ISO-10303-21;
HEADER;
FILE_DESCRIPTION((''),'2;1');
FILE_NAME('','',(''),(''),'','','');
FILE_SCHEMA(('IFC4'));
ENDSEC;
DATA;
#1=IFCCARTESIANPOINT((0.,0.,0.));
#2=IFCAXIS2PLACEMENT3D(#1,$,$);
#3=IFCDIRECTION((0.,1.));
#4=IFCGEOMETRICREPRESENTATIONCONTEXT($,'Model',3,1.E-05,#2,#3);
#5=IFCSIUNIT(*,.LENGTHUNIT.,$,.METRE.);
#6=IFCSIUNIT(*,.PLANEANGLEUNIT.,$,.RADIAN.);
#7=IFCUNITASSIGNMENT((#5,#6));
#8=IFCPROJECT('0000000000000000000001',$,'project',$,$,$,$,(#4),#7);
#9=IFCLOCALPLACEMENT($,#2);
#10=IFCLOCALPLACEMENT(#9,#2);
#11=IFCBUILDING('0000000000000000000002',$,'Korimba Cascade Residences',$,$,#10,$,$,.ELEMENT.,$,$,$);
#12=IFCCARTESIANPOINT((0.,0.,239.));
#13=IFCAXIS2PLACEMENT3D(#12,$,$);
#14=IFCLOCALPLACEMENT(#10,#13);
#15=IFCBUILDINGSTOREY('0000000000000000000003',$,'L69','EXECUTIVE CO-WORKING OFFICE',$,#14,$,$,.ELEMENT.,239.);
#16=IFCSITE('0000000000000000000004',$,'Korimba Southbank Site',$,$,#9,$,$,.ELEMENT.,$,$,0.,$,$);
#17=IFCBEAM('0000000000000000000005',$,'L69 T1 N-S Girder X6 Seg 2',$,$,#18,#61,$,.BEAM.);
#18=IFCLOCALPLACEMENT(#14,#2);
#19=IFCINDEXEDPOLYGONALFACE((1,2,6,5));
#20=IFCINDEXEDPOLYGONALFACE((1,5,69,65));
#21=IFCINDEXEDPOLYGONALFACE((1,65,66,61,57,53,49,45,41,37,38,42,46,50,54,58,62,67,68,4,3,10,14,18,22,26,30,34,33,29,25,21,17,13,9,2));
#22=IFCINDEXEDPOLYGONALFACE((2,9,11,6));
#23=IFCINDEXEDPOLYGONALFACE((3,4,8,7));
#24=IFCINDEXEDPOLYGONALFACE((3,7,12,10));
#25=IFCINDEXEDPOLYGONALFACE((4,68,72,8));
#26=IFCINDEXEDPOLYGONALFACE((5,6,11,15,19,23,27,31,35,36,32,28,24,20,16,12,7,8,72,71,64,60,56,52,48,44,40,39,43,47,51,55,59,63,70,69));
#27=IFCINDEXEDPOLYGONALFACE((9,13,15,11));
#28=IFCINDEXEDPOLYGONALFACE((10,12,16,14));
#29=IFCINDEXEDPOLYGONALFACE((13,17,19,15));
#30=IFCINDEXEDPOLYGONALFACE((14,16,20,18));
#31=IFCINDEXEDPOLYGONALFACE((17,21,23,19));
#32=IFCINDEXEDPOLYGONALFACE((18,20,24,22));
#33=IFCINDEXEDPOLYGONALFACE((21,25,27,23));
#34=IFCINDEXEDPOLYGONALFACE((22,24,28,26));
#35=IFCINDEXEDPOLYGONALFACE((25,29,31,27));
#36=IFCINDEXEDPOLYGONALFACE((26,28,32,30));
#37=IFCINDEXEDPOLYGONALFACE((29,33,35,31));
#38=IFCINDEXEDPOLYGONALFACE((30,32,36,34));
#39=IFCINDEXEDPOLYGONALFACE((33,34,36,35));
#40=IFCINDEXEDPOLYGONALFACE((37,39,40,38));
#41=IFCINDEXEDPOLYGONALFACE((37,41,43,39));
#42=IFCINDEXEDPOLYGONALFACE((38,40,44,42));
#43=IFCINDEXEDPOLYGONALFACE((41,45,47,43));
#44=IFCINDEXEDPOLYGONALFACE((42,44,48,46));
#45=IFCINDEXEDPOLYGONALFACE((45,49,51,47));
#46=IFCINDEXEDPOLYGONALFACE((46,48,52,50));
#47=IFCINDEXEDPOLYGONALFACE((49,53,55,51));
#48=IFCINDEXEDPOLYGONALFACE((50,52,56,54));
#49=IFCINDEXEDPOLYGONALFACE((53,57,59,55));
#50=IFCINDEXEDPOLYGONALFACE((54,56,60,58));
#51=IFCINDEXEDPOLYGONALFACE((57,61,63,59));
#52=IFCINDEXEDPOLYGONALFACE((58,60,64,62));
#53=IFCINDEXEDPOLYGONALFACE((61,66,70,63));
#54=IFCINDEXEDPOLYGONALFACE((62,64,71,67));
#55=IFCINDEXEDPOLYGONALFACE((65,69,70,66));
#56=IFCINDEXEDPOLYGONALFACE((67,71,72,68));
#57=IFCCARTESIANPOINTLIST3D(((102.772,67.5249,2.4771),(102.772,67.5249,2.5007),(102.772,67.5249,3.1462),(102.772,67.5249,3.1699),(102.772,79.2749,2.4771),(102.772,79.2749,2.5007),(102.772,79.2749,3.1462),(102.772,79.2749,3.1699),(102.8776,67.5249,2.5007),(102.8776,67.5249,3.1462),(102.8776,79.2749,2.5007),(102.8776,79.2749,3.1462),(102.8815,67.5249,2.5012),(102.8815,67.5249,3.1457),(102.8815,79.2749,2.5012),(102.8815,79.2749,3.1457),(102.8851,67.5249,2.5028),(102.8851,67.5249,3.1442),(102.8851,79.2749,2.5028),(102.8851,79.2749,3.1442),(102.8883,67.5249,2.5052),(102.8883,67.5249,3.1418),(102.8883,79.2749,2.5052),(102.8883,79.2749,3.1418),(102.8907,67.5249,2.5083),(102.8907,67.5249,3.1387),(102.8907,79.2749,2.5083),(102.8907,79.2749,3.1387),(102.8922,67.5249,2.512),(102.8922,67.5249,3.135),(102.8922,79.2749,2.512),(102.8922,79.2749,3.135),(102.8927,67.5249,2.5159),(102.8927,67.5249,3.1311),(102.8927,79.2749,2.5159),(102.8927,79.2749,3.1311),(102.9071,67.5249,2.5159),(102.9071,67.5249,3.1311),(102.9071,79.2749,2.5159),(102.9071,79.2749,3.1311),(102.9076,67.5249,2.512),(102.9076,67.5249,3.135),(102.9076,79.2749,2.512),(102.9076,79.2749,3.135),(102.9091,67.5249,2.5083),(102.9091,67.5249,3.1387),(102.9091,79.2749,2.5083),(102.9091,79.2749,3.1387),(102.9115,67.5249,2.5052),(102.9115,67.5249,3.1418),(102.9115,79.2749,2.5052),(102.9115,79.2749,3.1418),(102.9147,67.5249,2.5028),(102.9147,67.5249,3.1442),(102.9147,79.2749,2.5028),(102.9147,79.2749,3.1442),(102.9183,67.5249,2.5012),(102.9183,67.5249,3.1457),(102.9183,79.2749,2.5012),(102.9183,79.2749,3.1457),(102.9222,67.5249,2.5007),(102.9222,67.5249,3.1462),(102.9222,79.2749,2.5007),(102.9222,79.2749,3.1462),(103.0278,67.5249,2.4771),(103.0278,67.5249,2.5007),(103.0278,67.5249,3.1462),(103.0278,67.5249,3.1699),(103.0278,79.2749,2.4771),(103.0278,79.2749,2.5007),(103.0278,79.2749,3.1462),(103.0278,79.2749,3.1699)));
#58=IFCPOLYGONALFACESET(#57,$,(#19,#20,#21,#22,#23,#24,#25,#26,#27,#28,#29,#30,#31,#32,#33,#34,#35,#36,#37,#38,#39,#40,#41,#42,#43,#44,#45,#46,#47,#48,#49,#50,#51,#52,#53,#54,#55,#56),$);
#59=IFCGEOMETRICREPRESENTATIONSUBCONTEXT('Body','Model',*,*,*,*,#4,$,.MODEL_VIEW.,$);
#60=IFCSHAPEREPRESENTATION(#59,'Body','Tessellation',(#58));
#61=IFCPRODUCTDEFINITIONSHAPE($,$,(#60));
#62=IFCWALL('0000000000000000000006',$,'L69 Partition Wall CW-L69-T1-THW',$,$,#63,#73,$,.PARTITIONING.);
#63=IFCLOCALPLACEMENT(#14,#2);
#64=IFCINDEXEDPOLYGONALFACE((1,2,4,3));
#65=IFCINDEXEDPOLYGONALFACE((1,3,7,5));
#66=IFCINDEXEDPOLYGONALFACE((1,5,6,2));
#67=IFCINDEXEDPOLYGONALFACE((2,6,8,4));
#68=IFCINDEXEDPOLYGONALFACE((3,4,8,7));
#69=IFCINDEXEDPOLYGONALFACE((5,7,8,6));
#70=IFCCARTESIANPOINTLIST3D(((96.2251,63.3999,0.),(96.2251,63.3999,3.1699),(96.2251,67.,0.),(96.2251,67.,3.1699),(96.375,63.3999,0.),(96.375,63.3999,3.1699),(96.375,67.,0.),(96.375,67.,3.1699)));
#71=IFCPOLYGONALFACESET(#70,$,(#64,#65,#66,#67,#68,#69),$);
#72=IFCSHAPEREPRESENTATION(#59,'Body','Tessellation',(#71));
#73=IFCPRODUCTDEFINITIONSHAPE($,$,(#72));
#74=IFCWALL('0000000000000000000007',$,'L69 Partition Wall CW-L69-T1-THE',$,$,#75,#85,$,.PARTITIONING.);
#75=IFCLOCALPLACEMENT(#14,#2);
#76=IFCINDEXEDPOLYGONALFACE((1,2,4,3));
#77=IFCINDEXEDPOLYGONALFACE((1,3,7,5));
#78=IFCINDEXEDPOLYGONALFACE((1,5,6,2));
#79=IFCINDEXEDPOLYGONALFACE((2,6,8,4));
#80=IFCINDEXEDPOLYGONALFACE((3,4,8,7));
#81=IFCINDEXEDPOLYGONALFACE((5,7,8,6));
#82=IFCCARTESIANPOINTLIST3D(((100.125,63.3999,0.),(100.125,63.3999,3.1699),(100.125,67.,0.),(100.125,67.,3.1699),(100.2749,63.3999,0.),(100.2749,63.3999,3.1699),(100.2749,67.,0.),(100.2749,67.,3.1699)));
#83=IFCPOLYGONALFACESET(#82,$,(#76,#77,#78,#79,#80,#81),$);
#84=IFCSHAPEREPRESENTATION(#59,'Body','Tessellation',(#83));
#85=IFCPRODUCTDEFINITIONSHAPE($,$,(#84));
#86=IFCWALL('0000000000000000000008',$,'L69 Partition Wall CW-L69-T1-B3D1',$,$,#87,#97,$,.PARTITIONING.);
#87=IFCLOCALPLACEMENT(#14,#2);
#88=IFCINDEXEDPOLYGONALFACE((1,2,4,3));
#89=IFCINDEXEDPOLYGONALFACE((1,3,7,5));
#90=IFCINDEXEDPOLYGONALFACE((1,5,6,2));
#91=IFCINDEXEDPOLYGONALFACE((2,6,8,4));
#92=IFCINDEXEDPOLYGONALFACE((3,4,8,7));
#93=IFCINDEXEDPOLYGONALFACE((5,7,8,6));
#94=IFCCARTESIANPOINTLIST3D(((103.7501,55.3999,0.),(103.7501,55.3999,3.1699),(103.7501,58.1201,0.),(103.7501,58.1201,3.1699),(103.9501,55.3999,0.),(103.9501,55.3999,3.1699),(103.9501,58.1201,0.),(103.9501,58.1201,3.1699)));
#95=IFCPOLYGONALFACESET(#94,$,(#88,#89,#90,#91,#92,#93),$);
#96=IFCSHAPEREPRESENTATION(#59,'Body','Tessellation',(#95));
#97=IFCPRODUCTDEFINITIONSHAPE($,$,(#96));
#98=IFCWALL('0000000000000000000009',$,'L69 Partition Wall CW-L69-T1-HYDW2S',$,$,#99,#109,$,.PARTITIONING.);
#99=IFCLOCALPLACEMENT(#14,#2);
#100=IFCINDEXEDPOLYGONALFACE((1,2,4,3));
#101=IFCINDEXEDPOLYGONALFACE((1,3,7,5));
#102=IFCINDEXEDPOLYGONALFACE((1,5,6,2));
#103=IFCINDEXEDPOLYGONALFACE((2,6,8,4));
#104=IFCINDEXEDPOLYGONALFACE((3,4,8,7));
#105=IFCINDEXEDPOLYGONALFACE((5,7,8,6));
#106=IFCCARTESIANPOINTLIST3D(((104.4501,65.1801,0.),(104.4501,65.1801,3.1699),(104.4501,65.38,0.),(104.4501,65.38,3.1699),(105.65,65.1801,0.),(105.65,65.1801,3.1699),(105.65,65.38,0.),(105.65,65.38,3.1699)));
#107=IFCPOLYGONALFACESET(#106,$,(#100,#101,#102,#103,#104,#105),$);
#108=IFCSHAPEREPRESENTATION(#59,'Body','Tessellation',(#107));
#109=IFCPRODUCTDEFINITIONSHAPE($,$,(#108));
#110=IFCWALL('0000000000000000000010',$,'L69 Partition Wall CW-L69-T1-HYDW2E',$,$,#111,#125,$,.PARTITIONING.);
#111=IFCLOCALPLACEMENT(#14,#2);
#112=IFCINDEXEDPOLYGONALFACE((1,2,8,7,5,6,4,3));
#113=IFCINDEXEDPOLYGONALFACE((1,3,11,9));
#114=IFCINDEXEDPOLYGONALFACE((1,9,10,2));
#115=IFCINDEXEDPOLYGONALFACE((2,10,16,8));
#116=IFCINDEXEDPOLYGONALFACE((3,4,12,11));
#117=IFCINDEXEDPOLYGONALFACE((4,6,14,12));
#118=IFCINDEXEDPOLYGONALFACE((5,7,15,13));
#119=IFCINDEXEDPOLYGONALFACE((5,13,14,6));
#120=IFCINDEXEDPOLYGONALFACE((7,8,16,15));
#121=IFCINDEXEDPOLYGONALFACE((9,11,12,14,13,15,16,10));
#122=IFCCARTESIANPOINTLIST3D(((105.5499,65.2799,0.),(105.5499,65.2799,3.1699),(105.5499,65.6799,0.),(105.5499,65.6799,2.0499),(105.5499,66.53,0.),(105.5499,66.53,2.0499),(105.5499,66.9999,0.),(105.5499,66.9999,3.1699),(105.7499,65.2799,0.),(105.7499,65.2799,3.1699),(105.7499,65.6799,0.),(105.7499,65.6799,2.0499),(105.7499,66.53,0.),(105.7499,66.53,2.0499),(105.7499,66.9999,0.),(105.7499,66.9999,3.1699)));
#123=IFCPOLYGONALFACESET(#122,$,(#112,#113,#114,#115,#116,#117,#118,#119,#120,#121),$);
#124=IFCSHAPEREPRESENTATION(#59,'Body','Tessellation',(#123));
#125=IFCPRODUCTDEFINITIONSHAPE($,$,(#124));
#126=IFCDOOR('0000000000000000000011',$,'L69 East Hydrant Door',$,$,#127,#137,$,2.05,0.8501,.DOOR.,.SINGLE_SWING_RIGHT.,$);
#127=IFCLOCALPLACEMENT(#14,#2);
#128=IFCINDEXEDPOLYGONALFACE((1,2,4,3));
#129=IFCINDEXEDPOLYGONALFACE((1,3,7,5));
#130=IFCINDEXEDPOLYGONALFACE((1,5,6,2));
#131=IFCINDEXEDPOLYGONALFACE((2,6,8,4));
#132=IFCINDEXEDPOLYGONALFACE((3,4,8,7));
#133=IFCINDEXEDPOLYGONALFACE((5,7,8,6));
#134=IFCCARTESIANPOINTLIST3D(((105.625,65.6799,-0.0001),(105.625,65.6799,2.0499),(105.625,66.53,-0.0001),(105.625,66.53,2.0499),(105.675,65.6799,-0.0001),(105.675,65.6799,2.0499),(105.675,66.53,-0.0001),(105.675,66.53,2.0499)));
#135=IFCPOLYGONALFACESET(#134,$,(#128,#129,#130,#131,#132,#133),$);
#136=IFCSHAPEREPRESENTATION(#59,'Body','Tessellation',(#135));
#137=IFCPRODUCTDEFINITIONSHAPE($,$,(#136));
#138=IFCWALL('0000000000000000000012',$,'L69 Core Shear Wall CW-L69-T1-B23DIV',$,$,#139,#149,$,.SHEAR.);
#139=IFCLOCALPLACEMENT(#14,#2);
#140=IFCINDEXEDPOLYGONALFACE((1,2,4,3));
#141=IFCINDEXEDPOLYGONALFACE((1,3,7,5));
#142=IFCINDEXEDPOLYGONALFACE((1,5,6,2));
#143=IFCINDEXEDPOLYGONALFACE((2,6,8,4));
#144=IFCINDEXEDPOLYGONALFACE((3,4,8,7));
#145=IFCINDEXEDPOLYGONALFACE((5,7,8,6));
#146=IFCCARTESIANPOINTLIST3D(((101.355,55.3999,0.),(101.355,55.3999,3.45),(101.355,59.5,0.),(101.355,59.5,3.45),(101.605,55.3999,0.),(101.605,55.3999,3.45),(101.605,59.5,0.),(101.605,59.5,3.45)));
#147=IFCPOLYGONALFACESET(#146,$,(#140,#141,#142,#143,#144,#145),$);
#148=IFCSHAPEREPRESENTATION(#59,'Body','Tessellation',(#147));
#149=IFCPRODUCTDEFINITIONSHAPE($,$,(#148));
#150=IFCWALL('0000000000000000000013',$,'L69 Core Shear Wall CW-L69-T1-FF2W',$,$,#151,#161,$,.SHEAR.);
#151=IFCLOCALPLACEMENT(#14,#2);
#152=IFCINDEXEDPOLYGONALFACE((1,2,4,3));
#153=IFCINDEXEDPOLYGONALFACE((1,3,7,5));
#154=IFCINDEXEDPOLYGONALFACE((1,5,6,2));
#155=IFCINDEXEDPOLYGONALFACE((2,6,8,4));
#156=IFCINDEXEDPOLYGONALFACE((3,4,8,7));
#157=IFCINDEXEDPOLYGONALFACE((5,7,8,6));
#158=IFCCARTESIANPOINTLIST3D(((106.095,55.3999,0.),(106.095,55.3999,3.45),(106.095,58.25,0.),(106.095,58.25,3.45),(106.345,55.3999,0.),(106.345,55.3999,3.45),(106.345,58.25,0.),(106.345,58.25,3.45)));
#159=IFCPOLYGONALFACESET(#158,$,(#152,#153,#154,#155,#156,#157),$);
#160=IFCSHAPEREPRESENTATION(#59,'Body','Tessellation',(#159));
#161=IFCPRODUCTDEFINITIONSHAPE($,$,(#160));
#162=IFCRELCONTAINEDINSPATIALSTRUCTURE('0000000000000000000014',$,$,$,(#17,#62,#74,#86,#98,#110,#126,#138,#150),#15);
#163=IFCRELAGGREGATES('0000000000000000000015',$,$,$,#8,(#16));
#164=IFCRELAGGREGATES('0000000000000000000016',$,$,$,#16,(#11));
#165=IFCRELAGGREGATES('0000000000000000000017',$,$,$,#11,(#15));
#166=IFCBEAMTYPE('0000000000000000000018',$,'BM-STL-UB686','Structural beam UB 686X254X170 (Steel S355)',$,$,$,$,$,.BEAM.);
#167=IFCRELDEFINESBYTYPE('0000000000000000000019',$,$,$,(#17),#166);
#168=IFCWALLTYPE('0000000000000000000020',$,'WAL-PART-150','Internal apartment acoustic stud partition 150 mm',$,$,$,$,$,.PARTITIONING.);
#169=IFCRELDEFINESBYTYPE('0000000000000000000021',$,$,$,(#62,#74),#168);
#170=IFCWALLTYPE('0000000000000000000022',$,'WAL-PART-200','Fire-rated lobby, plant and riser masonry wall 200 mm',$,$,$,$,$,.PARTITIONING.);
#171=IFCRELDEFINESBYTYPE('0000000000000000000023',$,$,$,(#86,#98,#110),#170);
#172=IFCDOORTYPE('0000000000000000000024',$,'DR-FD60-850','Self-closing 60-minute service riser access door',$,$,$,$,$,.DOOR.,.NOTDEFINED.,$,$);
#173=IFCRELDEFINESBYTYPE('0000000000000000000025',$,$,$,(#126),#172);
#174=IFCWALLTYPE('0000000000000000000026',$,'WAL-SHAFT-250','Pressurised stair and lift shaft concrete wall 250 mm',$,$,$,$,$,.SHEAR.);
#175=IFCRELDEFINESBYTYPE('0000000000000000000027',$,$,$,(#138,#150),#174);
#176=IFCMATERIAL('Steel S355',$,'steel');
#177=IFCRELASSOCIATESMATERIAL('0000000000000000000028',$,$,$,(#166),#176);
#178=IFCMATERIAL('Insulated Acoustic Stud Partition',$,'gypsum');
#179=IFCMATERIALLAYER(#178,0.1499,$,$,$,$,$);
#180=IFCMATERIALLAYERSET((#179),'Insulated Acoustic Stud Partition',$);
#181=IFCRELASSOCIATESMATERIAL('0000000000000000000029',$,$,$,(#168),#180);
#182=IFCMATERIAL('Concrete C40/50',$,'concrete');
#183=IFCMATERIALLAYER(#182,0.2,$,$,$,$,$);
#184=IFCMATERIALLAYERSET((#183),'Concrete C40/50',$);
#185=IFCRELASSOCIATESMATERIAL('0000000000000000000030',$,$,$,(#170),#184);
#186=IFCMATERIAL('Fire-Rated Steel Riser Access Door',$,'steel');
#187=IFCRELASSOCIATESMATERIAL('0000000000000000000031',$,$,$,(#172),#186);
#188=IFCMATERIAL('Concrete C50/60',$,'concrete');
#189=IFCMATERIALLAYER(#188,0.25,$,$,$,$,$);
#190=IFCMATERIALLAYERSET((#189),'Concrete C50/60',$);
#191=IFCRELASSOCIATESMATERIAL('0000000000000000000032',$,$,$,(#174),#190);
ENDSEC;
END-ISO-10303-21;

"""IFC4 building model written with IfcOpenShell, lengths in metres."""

from ifc_helpers import new_model, si_unit, direction, frame, frame_2d, origin, origin_2d, place, context, subcontext, project, spatial, rectangle, i_section, extrude, material, layer, layer_set, material_profile, profile_set, type_object, element, fill, save


model = new_model("IFC4")

# Units and contexts
model_context = context("Model", 3, precision=1e-05, world=origin(), true_north=direction((0.0, 1.0)))
body_context = subcontext(model_context, "Body", "Model", "MODEL_VIEW")
ifc_project = project(units=[si_unit("LENGTHUNIT", "METRE"), si_unit("PLANEANGLEUNIT", "RADIAN")], contexts=[model_context])

# Site, building, storey
site_placement = place(None, origin())
site = spatial("IfcSite", under=ifc_project, at=site_placement, Name="Korimba Southbank Site", CompositionType="ELEMENT", RefElevation=0.0)
building_placement = place(site_placement, origin())
building = spatial("IfcBuilding", under=site, at=building_placement, Name="Korimba Cascade Residences", CompositionType="ELEMENT")
storey_placement = place(building_placement, frame((0.0, 0.0, 239.0)))
storey = spatial("IfcBuildingStorey", under=building, at=storey_placement, Name="L69", Description="EXECUTIVE CO-WORKING OFFICE", CompositionType="ELEMENT", Elevation=239.0)

# Shared definitions
ifc_material_1 = material(Name="Concrete C50/60", Category="concrete")

# Beam
ifc_material_2 = material(Name="Steel S355", Category="steel")
ifc_material_profile_1 = material_profile(ifc_material_2, i_section(OverallWidth=0.2559, OverallDepth=0.6929, WebThickness=0.0144, FlangeThickness=0.0237, FilletRadius=0.0151, at=origin_2d()), Name="Steel S355")
ifc_profile_set_1 = profile_set([ifc_material_profile_1], Name="Steel S355")
beam_type = type_object("IfcBeamType", Name="BM-STL-UB686", Description="Structural beam UB 686X254X170 (Steel S355)", PredefinedType="BEAM", material=ifc_profile_set_1)
beam_1_placement = place(storey_placement, frame((102.8999, 67.5249, 2.8235), z_axis=(0.0, 1.0, 0.0), x_axis=(-1.0, 0.0, 0.0)))
element("IfcBeam", 1, at=beam_1_placement, inside=storey, type_object=beam_type, Name="L69 T1 N-S Girder X6 Seg 2", PredefinedType="BEAM", context=body_context, shape_type="SweptSolid", body=[
    extrude(i_section(OverallWidth=0.2559, OverallDepth=0.6929, WebThickness=0.0144, FlangeThickness=0.0237, FilletRadius=0.0151, at=origin_2d()), origin(), (0.0, 0.0, 1.0), 11.75),
])

# Walls
ifc_material_3 = material(Name="Insulated Acoustic Stud Partition", Category="gypsum")
ifc_layer_1 = layer(ifc_material_3, 0.1499)
ifc_layer_set_1 = layer_set([ifc_layer_1], Name="Insulated Acoustic Stud Partition")
wall_type_1 = type_object("IfcWallType", Name="WAL-PART-150", Description="Internal apartment acoustic stud partition 150 mm", PredefinedType="PARTITIONING", material=ifc_layer_set_1)
for number, where, z_axis, x_axis, name in (
    (2, (96.3, 63.3999, 0.0), (0.0, 0.0, 1.0), (0.0, 1.0, 0.0), "L69 Partition Wall CW-L69-T1-THW"),
    (3, (100.2, 63.3999, 0.0), (0.0, 0.0, 1.0), (0.0, 1.0, 0.0), "L69 Partition Wall CW-L69-T1-THE"),
):
    element("IfcWall", number, at=place(storey_placement, frame(where, z_axis=z_axis, x_axis=x_axis)), inside=storey, type_object=wall_type_1, Name=name, PredefinedType="PARTITIONING", context=body_context, shape_type="SweptSolid", body=[
        extrude(rectangle(XDim=3.6001, YDim=0.1499, at=frame_2d((1.8, 0.0))), origin(), (0.0, 0.0, 1.0), 3.1699),
    ])
ifc_material_4 = material(Name="Concrete C40/50", Category="concrete")
ifc_layer_2 = layer(ifc_material_4, 0.2)
ifc_layer_set_2 = layer_set([ifc_layer_2], Name="Concrete C40/50")
wall_type_2 = type_object("IfcWallType", Name="WAL-PART-200", Description="Fire-rated lobby, plant and riser masonry wall 200 mm", PredefinedType="PARTITIONING", material=ifc_layer_set_2)
wall_1_placement = place(storey_placement, frame((103.8501, 55.3999, 0.0), z_axis=(0.0, 0.0, 1.0), x_axis=(0.0, 1.0, 0.0)))
element("IfcWall", 4, at=wall_1_placement, inside=storey, type_object=wall_type_2, Name="L69 Partition Wall CW-L69-T1-B3D1", PredefinedType="PARTITIONING", context=body_context, shape_type="SweptSolid", body=[
    extrude(rectangle(XDim=2.7202, YDim=0.2, at=frame_2d((1.3601, 0.0))), origin(), (0.0, 0.0, 1.0), 3.1699),
])
wall_2_placement = place(storey_placement, frame((104.45, 65.28, 0.0), z_axis=(0.0, 0.0, 1.0), x_axis=(1.0, 0.0, 0.0)))
element("IfcWall", 5, at=wall_2_placement, inside=storey, type_object=wall_type_2, Name="L69 Partition Wall CW-L69-T1-HYDW2S", PredefinedType="PARTITIONING", context=body_context, shape_type="SweptSolid", body=[
    extrude(rectangle(XDim=1.2, YDim=0.2, at=frame_2d((0.6001, 0.0))), origin(), (0.0, 0.0, 1.0), 3.1699),
])

# Wall, opening, door
wall_3_placement = place(storey_placement, frame((105.6499, 65.28, 0.0), z_axis=(0.0, 0.0, 1.0), x_axis=(0.0, 1.0, 0.0)))
wall_3 = element("IfcWall", 6, at=wall_3_placement, inside=storey, type_object=wall_type_2, Name="L69 Partition Wall CW-L69-T1-HYDW2E", PredefinedType="PARTITIONING", context=body_context, shape_type="SweptSolid", body=[
    extrude(rectangle(XDim=1.72, YDim=0.2, at=frame_2d((0.8599, 0.0))), origin(), (0.0, 0.0, 1.0), 3.1699),
])
opening_1_placement = place(wall_3_placement, frame((0.3999, 0.0, 0.0)))
opening_1 = element("IfcOpeningElement", 7, at=opening_1_placement, cuts=wall_3, PredefinedType="OPENING", context=body_context, shape_type="SweptSolid", body=[
    extrude(rectangle(XDim=0.8501, YDim=2.05, at=frame_2d((0.425, 1.0249))), frame((0.0, 0.1099, 0.0), z_axis=(0.0, -1.0, 0.0), x_axis=(1.0, 0.0, 0.0)), (0.0, 0.0, 1.0), 0.22),
])
ifc_material_5 = material(Name="Fire-Rated Steel Riser Access Door", Category="steel")
door_type_1 = type_object("IfcDoorType", Name="DR-FD60-850", Description="Self-closing 60-minute service riser access door", OperationType="NOTDEFINED", PredefinedType="DOOR", material=ifc_material_5)
door_1_placement = place(opening_1_placement, origin())
door_1 = element("IfcDoor", 8, at=door_1_placement, inside=storey, type_object=door_type_1, Name="L69 East Hydrant Door", OperationType="SINGLE_SWING_RIGHT", OverallHeight=2.05, OverallWidth=0.8501, PredefinedType="DOOR", context=body_context, shape_type="SweptSolid", body=[
    extrude(rectangle(XDim=0.8501, YDim=2.05, at=frame_2d((0.425, 1.0249))), frame((0.0, 0.0249, 0.0), z_axis=(0.0, -1.0, 0.0), x_axis=(1.0, 0.0, 0.0)), (0.0, 0.0, 1.0), 0.05),
])
fill(opening_1, door_1)

# Wall
ifc_layer_3 = layer(ifc_material_1, 0.25)
ifc_layer_set_3 = layer_set([ifc_layer_3], Name="Concrete C50/60")
wall_type_3 = type_object("IfcWallType", Name="WAL-SHAFT-250", Description="Pressurised stair and lift shaft concrete wall 250 mm", PredefinedType="SHEAR", material=ifc_layer_set_3)
wall_4_placement = place(storey_placement, frame((101.48, 55.3999, 0.0), z_axis=(0.0, 0.0, 1.0), x_axis=(0.0, 1.0, 0.0)))
element("IfcWall", 9, at=wall_4_placement, inside=storey, type_object=wall_type_3, Name="L69 Core Shear Wall CW-L69-T1-B23DIV", PredefinedType="SHEAR", context=body_context, shape_type="SweptSolid", body=[
    extrude(rectangle(XDim=4.1001, YDim=0.25, at=frame_2d((2.05, 0.0))), origin(), (0.0, 0.0, 1.0), 3.45),
])

# Wall
wall_5_placement = place(storey_placement, frame((106.22, 55.3999, 0.0), z_axis=(0.0, 0.0, 1.0), x_axis=(0.0, 1.0, 0.0)))
element("IfcWall", 10, at=wall_5_placement, inside=storey, type_object=wall_type_3, Name="L69 Core Shear Wall CW-L69-T1-FF2W", PredefinedType="SHEAR", context=body_context, shape_type="SweptSolid", body=[
    extrude(rectangle(XDim=2.8501, YDim=0.25, at=frame_2d((1.425, 0.0))), origin(), (0.0, 0.0, 1.0), 3.45),
])

save(model, "model.ifc")
